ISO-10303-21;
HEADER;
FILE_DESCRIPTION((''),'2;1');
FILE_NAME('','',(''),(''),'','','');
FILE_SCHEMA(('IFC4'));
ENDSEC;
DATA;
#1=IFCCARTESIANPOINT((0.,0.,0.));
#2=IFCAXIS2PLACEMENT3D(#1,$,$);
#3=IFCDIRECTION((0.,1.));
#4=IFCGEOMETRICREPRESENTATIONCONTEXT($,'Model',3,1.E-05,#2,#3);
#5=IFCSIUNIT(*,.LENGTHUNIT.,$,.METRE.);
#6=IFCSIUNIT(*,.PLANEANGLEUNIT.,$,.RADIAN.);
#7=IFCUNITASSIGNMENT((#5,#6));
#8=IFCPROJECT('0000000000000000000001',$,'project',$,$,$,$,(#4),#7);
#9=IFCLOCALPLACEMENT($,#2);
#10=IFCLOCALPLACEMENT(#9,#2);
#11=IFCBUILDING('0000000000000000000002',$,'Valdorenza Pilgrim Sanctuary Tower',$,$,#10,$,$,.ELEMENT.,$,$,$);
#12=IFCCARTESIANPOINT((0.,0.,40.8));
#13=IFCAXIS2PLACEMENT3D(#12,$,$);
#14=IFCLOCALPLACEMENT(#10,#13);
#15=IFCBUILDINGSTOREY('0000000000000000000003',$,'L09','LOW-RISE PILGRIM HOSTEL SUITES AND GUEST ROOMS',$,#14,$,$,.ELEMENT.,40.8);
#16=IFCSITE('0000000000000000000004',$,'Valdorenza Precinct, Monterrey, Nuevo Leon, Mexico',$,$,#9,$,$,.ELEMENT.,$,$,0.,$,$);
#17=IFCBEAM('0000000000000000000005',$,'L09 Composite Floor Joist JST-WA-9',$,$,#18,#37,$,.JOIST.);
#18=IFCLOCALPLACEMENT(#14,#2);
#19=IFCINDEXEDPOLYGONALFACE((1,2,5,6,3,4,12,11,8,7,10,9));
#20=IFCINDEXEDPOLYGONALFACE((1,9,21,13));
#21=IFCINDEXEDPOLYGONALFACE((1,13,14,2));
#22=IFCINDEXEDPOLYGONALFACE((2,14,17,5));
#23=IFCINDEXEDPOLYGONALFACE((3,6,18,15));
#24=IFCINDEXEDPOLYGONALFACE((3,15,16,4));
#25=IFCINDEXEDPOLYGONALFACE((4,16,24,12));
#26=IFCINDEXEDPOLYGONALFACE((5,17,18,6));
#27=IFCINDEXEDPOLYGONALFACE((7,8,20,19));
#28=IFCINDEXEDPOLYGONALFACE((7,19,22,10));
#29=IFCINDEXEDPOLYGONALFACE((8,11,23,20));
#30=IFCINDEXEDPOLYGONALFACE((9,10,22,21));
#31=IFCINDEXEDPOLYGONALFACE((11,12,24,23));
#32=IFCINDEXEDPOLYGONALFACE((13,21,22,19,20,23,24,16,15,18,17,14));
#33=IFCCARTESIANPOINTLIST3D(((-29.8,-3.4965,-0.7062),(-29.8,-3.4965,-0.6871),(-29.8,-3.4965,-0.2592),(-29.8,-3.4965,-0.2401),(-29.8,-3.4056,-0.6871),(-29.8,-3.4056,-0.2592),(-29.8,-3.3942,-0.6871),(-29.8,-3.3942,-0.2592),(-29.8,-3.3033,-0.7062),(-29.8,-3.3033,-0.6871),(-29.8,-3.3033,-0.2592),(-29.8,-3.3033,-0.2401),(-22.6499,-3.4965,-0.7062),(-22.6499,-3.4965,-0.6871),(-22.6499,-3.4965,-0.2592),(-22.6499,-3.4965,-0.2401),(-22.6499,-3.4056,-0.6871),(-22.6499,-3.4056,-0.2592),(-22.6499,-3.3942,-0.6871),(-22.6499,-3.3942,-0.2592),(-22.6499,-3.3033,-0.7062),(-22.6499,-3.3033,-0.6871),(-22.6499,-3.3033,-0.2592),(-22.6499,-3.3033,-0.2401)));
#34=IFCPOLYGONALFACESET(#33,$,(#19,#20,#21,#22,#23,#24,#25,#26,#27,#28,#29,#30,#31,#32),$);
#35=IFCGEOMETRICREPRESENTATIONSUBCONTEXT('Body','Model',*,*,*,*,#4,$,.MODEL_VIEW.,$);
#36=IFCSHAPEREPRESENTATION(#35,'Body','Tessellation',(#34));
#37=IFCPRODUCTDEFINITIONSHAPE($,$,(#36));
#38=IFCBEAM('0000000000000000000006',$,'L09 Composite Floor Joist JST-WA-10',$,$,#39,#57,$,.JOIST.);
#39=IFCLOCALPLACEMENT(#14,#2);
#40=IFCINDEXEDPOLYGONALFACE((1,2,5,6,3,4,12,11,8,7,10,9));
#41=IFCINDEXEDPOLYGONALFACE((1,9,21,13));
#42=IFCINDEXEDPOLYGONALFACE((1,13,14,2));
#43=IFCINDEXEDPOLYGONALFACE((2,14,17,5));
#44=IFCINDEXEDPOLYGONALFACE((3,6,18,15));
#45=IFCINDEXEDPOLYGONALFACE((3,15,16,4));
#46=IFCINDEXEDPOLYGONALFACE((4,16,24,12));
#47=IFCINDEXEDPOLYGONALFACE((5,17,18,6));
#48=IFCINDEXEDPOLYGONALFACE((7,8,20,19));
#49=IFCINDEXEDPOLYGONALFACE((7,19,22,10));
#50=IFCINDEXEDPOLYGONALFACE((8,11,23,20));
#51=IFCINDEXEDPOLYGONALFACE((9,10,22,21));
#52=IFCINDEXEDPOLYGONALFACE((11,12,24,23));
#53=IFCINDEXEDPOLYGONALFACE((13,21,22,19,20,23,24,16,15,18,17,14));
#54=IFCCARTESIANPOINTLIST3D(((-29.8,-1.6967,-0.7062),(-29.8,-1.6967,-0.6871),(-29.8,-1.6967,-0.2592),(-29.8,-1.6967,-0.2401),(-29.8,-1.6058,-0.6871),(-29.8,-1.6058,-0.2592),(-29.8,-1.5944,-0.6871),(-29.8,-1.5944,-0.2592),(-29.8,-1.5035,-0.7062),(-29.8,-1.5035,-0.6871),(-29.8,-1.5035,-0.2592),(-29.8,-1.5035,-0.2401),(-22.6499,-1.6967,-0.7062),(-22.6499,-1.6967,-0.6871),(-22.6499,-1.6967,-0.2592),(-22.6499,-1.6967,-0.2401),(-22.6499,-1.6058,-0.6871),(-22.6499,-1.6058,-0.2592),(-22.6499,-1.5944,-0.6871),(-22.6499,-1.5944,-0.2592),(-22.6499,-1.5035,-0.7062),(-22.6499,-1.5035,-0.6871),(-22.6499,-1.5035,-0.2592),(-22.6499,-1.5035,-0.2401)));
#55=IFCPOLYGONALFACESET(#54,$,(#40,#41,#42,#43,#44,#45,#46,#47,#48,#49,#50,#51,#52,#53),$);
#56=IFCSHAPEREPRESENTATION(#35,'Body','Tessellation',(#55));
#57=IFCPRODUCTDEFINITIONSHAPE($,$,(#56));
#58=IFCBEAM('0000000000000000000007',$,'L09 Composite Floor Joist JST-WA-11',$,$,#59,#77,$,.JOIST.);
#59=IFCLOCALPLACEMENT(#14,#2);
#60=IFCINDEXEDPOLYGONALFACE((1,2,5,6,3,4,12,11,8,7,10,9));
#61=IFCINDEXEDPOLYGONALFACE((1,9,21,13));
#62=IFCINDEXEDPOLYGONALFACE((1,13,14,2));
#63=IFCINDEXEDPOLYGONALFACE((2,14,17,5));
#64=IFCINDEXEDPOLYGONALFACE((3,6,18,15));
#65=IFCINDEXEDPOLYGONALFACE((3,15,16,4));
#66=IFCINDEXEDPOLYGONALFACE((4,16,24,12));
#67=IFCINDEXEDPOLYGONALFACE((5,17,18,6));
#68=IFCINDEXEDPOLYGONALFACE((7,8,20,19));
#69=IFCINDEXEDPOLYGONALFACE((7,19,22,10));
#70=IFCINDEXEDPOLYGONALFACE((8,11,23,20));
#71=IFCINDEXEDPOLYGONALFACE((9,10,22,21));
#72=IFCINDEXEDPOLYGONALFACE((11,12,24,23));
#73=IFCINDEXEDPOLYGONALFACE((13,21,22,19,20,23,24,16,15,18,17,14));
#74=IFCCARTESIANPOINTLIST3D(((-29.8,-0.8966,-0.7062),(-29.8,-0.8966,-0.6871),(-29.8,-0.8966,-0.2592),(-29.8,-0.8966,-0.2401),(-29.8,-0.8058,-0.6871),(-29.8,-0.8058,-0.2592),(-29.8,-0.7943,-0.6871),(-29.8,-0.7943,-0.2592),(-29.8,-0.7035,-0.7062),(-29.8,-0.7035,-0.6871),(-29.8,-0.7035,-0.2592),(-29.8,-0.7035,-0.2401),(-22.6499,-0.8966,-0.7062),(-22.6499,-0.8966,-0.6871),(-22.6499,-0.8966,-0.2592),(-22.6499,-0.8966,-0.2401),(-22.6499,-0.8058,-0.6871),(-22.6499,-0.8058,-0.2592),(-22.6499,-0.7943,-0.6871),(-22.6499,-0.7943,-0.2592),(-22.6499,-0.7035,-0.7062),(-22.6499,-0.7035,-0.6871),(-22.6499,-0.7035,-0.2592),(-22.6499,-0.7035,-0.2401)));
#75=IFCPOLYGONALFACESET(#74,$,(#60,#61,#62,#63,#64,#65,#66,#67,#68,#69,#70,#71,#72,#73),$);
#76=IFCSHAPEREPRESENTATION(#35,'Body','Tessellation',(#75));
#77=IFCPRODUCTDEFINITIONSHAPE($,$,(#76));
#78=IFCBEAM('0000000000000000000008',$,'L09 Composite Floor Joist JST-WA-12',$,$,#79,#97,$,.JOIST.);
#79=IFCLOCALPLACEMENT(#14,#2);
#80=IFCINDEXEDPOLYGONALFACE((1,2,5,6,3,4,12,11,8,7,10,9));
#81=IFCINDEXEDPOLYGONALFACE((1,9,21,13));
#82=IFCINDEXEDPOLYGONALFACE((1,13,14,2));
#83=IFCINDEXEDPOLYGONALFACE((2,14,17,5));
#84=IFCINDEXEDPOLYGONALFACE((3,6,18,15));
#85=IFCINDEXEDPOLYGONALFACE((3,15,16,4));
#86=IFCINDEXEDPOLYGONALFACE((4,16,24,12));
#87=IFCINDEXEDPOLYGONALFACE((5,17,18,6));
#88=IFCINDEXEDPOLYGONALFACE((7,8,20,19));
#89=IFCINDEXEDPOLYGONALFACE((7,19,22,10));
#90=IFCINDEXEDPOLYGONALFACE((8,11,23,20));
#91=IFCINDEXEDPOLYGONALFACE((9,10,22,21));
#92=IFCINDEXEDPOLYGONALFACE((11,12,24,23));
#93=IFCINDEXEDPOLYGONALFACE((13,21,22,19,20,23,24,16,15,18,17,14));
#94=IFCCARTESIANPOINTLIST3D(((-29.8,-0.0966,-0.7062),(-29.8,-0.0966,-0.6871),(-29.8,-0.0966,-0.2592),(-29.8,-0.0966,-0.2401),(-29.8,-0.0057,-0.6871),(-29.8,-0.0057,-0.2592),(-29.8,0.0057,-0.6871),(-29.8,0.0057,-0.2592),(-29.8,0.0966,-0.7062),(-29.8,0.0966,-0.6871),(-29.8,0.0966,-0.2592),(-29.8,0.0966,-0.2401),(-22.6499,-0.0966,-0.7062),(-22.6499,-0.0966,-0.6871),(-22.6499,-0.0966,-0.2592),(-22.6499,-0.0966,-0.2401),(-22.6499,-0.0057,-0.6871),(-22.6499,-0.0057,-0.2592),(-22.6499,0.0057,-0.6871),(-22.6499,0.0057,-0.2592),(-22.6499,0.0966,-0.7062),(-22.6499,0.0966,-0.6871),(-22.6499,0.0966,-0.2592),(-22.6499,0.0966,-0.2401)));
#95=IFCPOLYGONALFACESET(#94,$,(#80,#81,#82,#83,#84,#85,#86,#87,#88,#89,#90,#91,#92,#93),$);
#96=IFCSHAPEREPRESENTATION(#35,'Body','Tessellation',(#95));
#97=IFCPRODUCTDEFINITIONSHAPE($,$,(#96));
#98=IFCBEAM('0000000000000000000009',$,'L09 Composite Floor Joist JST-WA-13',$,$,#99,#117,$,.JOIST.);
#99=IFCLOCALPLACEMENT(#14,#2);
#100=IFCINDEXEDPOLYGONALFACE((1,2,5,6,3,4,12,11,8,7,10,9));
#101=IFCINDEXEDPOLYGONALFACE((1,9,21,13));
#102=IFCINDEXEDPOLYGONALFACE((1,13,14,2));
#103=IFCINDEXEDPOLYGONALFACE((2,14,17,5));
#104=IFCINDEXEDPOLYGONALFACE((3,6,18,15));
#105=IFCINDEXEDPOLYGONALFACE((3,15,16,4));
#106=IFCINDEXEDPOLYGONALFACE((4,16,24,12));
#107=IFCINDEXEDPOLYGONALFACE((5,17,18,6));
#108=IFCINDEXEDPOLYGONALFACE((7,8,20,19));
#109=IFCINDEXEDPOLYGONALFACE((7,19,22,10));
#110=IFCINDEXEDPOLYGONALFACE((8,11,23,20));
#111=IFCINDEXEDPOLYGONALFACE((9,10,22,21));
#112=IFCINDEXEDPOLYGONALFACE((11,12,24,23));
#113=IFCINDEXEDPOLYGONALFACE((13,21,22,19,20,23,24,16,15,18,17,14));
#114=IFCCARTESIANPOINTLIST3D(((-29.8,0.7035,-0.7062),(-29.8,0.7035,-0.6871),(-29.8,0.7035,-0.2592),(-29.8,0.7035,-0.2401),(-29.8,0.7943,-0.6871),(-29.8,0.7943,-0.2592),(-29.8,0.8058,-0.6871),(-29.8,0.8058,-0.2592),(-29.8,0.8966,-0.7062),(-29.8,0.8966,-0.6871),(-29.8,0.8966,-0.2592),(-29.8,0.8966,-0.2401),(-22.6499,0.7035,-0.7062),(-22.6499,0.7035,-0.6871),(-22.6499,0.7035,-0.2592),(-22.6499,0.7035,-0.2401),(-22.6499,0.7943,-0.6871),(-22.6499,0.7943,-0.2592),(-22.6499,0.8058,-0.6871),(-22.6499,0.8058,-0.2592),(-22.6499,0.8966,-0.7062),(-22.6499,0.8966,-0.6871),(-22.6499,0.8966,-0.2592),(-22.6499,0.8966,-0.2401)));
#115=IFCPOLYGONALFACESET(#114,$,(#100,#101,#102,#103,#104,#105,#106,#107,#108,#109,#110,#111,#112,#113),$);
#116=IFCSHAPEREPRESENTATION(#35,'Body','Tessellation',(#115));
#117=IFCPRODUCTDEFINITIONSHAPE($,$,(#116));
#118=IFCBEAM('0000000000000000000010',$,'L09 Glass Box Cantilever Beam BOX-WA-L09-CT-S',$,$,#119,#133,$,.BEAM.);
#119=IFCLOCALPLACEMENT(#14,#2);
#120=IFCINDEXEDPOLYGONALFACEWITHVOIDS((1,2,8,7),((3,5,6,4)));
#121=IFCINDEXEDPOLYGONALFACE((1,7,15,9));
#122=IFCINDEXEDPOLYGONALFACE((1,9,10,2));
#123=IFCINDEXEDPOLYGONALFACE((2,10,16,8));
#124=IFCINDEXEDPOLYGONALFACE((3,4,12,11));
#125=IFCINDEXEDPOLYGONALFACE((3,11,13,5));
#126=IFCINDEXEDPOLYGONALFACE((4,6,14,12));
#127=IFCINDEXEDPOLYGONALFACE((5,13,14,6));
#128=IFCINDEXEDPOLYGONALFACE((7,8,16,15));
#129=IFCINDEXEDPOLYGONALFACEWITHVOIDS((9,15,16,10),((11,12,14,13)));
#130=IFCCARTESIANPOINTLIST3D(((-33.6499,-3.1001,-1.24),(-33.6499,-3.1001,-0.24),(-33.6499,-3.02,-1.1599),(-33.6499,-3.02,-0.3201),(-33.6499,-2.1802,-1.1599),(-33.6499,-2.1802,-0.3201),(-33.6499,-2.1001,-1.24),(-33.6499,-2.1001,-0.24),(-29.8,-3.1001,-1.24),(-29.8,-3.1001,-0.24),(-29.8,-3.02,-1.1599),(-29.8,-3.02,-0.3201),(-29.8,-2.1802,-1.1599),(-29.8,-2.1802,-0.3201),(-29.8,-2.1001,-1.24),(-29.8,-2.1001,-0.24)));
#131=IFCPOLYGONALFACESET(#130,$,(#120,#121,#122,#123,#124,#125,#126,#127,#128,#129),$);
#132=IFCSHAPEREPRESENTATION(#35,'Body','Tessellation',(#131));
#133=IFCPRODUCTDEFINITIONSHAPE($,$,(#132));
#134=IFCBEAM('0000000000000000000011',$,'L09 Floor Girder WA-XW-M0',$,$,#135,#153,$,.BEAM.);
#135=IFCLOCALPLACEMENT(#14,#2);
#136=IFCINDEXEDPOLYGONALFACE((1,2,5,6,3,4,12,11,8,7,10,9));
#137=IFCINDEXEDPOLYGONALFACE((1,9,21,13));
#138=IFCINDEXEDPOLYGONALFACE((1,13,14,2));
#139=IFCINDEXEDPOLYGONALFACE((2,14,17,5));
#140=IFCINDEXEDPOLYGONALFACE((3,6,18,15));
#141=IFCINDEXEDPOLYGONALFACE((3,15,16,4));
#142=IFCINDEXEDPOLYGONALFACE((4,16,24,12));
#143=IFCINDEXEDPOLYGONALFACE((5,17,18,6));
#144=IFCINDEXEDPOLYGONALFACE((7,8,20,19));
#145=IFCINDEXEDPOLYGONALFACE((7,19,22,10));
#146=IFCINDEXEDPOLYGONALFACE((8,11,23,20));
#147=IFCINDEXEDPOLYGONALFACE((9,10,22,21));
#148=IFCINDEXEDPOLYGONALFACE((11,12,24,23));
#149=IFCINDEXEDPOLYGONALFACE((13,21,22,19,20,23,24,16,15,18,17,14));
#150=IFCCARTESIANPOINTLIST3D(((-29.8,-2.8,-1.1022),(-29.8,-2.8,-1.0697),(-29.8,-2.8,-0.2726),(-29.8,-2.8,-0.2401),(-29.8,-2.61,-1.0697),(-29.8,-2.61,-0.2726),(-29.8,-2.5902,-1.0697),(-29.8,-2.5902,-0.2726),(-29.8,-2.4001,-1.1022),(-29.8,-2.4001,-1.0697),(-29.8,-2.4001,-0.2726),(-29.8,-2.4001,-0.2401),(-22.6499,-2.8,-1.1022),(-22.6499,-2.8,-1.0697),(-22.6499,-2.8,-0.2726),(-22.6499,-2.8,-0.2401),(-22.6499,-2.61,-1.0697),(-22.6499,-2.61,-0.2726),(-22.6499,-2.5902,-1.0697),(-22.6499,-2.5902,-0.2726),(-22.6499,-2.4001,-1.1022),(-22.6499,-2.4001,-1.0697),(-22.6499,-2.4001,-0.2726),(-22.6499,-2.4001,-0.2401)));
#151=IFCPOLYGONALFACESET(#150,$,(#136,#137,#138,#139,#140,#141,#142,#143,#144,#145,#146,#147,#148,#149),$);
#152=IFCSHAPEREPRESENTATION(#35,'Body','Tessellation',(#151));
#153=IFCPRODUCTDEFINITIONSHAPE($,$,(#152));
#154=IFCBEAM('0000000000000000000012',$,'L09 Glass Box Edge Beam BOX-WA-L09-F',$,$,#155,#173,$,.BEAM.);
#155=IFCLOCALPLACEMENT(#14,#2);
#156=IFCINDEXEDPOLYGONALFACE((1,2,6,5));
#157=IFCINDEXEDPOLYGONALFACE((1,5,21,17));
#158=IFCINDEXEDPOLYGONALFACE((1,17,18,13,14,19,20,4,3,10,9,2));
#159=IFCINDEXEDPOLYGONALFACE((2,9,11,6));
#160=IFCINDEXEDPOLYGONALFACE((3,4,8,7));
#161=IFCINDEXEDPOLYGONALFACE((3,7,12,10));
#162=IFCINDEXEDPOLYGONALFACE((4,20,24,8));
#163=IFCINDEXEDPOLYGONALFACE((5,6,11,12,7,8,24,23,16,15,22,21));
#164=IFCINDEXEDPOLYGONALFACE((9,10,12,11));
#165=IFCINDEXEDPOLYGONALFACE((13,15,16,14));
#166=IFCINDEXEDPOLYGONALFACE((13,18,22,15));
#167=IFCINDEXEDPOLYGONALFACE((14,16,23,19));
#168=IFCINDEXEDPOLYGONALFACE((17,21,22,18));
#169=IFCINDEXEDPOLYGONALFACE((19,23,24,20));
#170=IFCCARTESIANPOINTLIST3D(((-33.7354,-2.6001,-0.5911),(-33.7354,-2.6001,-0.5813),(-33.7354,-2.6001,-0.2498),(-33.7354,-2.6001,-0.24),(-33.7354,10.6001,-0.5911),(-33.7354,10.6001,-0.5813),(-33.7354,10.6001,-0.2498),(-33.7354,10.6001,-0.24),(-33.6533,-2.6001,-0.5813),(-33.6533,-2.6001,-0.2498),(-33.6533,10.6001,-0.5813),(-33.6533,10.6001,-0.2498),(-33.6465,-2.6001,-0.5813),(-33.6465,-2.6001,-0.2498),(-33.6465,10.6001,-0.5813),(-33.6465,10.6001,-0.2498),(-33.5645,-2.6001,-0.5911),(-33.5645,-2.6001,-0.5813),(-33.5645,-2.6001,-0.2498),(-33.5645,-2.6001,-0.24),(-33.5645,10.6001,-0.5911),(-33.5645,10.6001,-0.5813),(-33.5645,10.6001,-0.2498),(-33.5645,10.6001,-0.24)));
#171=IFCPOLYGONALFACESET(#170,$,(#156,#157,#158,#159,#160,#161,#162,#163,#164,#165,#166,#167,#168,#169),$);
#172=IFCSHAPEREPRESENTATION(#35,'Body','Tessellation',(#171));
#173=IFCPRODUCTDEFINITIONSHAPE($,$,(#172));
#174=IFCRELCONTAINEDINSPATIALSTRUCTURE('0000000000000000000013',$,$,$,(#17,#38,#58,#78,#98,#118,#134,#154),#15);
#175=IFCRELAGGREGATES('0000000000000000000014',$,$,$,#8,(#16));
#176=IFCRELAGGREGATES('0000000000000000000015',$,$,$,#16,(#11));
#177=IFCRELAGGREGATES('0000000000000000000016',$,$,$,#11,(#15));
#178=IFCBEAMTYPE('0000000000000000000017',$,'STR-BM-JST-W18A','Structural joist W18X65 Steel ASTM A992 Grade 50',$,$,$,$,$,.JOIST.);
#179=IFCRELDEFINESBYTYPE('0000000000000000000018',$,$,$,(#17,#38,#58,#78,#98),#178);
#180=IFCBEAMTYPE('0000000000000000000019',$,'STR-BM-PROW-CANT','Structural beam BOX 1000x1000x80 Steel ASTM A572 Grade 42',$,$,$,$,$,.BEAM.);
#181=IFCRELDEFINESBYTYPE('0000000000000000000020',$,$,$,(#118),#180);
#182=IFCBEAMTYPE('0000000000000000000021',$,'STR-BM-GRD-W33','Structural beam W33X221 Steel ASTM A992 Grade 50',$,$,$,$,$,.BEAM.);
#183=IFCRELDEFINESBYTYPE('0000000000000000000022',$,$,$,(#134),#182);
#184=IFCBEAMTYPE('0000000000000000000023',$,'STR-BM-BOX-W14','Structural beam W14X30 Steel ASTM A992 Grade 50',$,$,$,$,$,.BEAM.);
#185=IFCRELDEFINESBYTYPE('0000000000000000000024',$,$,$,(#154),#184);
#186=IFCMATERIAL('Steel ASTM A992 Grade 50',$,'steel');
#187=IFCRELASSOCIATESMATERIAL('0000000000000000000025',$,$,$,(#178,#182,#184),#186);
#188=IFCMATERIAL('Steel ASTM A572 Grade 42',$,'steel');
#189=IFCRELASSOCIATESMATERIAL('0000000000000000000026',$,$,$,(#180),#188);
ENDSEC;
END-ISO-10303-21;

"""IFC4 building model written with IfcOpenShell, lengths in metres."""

from ifc_helpers import new_model, si_unit, direction, frame, origin, origin_2d, place, context, subcontext, project, spatial, hollow_rectangle, i_section, extrude, source, transform, mapped, material, material_profile, profile_set, type_object, element, save


model = new_model("IFC4")

# Units and contexts
model_context = context("Model", 3, precision=1e-05, world=origin(), true_north=direction((0.0, 1.0)))
body_context = subcontext(model_context, "Body", "Model", "MODEL_VIEW")
ifc_project = project(units=[si_unit("LENGTHUNIT", "METRE"), si_unit("PLANEANGLEUNIT", "RADIAN")], contexts=[model_context])

# Site, building, storey
site_placement = place(None, origin())
site = spatial("IfcSite", under=ifc_project, at=site_placement, Name="Valdorenza Precinct, Monterrey, Nuevo Leon, Mexico", CompositionType="ELEMENT", RefElevation=0.0)
building_placement = place(site_placement, origin())
building = spatial("IfcBuilding", under=site, at=building_placement, Name="Valdorenza Pilgrim Sanctuary Tower", CompositionType="ELEMENT")
storey_placement = place(building_placement, frame((0.0, 0.0, 40.8)))
storey = spatial("IfcBuildingStorey", under=building, at=storey_placement, Name="L09", Description="LOW-RISE PILGRIM HOSTEL SUITES AND GUEST ROOMS", CompositionType="ELEMENT", Elevation=40.8)

# Beams
ifc_material_1 = material(Name="Steel ASTM A992 Grade 50", Category="steel")
ifc_material_profile_1 = material_profile(ifc_material_1, i_section(OverallWidth=0.1931, OverallDepth=0.4661, WebThickness=0.0115, FlangeThickness=0.019, at=origin_2d()), Name="W18X65")
ifc_profile_set_1 = profile_set([ifc_material_profile_1], Name="Steel ASTM A992 Grade 50")
beam_type_1 = type_object("IfcBeamType", Name="STR-BM-JST-W18A", Description="Structural joist W18X65 Steel ASTM A992 Grade 50", PredefinedType="JOIST", material=ifc_profile_set_1)
shared_shape_1 = source(origin(), body_context, "Body", "SweptSolid", [
    extrude(i_section(OverallWidth=0.1931, OverallDepth=0.4661, WebThickness=0.0115, FlangeThickness=0.019, at=origin_2d()), origin(), (0.0, 0.0, 1.0), 7.1501),
])
for number, where, z_axis, x_axis, name in (
    (1, (-29.8, -3.3999, -0.4731), (1.0, 0.0, 0.0), (0.0, 1.0, 0.0), "L09 Composite Floor Joist JST-WA-9"),
    (2, (-29.8, -1.6001, -0.4731), (1.0, 0.0, 0.0), (0.0, 1.0, 0.0), "L09 Composite Floor Joist JST-WA-10"),
    (3, (-29.8, -0.8, -0.4731), (1.0, 0.0, 0.0), (0.0, 1.0, 0.0), "L09 Composite Floor Joist JST-WA-11"),
    (4, (-29.8, 0.0, -0.4731), (1.0, 0.0, 0.0), (0.0, 1.0, 0.0), "L09 Composite Floor Joist JST-WA-12"),
    (5, (-29.8, 0.8, -0.4731), (1.0, 0.0, 0.0), (0.0, 1.0, 0.0), "L09 Composite Floor Joist JST-WA-13"),
):
    element("IfcBeam", number, at=place(storey_placement, frame(where, z_axis=z_axis, x_axis=x_axis)), inside=storey, type_object=beam_type_1, Name=name, PredefinedType="JOIST", context=body_context, shape_type="MappedRepresentation", body=[
        mapped(shared_shape_1, transform((0.0, 0.0, 0.0), x_axis=(1.0, 0.0, 0.0), y_axis=(0.0, 1.0, 0.0), z_axis=(0.0, 0.0, 1.0), scale=1.0)),
    ])
ifc_material_2 = material(Name="Steel ASTM A572 Grade 42", Category="steel")
ifc_material_profile_2 = material_profile(ifc_material_2, hollow_rectangle(XDim=1.0, YDim=1.0, WallThickness=0.0801, at=origin_2d()), Name="BOX 1000x1000x80")
ifc_profile_set_2 = profile_set([ifc_material_profile_2], Name="Steel ASTM A572 Grade 42")
beam_type_2 = type_object("IfcBeamType", Name="STR-BM-PROW-CANT", Description="Structural beam BOX 1000x1000x80 Steel ASTM A572 Grade 42", PredefinedType="BEAM", material=ifc_profile_set_2)
shared_shape_2 = source(origin(), body_context, "Body", "SweptSolid", [
    extrude(hollow_rectangle(XDim=1.0, YDim=1.0, WallThickness=0.0801, at=origin_2d()), origin(), (0.0, 0.0, 1.0), 3.8499),
])
beam_1_placement = place(storey_placement, frame((-29.8, -2.6001, -0.74), z_axis=(-1.0, 0.0, 0.0), x_axis=(0.0, -1.0, 0.0)))
element("IfcBeam", 6, at=beam_1_placement, inside=storey, type_object=beam_type_2, Name="L09 Glass Box Cantilever Beam BOX-WA-L09-CT-S", PredefinedType="BEAM", context=body_context, shape_type="MappedRepresentation", body=[
    mapped(shared_shape_2, transform((0.0, 0.0, 0.0), x_axis=(1.0, 0.0, 0.0), y_axis=(0.0, 1.0, 0.0), z_axis=(0.0, 0.0, 1.0), scale=1.0)),
])
ifc_material_profile_3 = material_profile(ifc_material_1, i_section(OverallWidth=0.3999, OverallDepth=0.8621, WebThickness=0.0198, FlangeThickness=0.0325, at=origin_2d()), Name="W33X221")
ifc_profile_set_3 = profile_set([ifc_material_profile_3], Name="Steel ASTM A992 Grade 50")
beam_type_3 = type_object("IfcBeamType", Name="STR-BM-GRD-W33", Description="Structural beam W33X221 Steel ASTM A992 Grade 50", PredefinedType="BEAM", material=ifc_profile_set_3)
shared_shape_3 = source(origin(), body_context, "Body", "SweptSolid", [
    extrude(i_section(OverallWidth=0.3999, OverallDepth=0.8621, WebThickness=0.0198, FlangeThickness=0.0325, at=origin_2d()), origin(), (0.0, 0.0, 1.0), 7.1501),
])
beam_2_placement = place(storey_placement, frame((-29.8, -2.6001, -0.6711), z_axis=(1.0, 0.0, 0.0), x_axis=(0.0, 1.0, 0.0)))
element("IfcBeam", 7, at=beam_2_placement, inside=storey, type_object=beam_type_3, Name="L09 Floor Girder WA-XW-M0", PredefinedType="BEAM", context=body_context, shape_type="MappedRepresentation", body=[
    mapped(shared_shape_3, transform((0.0, 0.0, 0.0), x_axis=(1.0, 0.0, 0.0), y_axis=(0.0, 1.0, 0.0), z_axis=(0.0, 0.0, 1.0), scale=1.0)),
])
ifc_material_profile_4 = material_profile(ifc_material_1, i_section(OverallWidth=0.1709, OverallDepth=0.3511, WebThickness=0.0068, FlangeThickness=0.0098, at=origin_2d()), Name="W14X30")
ifc_profile_set_4 = profile_set([ifc_material_profile_4], Name="Steel ASTM A992 Grade 50")
beam_type_4 = type_object("IfcBeamType", Name="STR-BM-BOX-W14", Description="Structural beam W14X30 Steel ASTM A992 Grade 50", PredefinedType="BEAM", material=ifc_profile_set_4)
shared_shape_4 = source(origin(), body_context, "Body", "SweptSolid", [
    extrude(i_section(OverallWidth=0.1709, OverallDepth=0.3511, WebThickness=0.0068, FlangeThickness=0.0098, at=origin_2d()), origin(), (0.0, 0.0, 1.0), 13.2002),
])
beam_3_placement = place(storey_placement, frame((-33.6499, -2.6001, -0.4155), z_axis=(0.0, 1.0, 0.0), x_axis=(-1.0, 0.0, 0.0)))
element("IfcBeam", 8, at=beam_3_placement, inside=storey, type_object=beam_type_4, Name="L09 Glass Box Edge Beam BOX-WA-L09-F", PredefinedType="BEAM", context=body_context, shape_type="MappedRepresentation", body=[
    mapped(shared_shape_4, transform((0.0, 0.0, 0.0), x_axis=(1.0, 0.0, 0.0), y_axis=(0.0, 1.0, 0.0), z_axis=(0.0, 0.0, 1.0), scale=1.0)),
])

save(model, "model.ifc")
